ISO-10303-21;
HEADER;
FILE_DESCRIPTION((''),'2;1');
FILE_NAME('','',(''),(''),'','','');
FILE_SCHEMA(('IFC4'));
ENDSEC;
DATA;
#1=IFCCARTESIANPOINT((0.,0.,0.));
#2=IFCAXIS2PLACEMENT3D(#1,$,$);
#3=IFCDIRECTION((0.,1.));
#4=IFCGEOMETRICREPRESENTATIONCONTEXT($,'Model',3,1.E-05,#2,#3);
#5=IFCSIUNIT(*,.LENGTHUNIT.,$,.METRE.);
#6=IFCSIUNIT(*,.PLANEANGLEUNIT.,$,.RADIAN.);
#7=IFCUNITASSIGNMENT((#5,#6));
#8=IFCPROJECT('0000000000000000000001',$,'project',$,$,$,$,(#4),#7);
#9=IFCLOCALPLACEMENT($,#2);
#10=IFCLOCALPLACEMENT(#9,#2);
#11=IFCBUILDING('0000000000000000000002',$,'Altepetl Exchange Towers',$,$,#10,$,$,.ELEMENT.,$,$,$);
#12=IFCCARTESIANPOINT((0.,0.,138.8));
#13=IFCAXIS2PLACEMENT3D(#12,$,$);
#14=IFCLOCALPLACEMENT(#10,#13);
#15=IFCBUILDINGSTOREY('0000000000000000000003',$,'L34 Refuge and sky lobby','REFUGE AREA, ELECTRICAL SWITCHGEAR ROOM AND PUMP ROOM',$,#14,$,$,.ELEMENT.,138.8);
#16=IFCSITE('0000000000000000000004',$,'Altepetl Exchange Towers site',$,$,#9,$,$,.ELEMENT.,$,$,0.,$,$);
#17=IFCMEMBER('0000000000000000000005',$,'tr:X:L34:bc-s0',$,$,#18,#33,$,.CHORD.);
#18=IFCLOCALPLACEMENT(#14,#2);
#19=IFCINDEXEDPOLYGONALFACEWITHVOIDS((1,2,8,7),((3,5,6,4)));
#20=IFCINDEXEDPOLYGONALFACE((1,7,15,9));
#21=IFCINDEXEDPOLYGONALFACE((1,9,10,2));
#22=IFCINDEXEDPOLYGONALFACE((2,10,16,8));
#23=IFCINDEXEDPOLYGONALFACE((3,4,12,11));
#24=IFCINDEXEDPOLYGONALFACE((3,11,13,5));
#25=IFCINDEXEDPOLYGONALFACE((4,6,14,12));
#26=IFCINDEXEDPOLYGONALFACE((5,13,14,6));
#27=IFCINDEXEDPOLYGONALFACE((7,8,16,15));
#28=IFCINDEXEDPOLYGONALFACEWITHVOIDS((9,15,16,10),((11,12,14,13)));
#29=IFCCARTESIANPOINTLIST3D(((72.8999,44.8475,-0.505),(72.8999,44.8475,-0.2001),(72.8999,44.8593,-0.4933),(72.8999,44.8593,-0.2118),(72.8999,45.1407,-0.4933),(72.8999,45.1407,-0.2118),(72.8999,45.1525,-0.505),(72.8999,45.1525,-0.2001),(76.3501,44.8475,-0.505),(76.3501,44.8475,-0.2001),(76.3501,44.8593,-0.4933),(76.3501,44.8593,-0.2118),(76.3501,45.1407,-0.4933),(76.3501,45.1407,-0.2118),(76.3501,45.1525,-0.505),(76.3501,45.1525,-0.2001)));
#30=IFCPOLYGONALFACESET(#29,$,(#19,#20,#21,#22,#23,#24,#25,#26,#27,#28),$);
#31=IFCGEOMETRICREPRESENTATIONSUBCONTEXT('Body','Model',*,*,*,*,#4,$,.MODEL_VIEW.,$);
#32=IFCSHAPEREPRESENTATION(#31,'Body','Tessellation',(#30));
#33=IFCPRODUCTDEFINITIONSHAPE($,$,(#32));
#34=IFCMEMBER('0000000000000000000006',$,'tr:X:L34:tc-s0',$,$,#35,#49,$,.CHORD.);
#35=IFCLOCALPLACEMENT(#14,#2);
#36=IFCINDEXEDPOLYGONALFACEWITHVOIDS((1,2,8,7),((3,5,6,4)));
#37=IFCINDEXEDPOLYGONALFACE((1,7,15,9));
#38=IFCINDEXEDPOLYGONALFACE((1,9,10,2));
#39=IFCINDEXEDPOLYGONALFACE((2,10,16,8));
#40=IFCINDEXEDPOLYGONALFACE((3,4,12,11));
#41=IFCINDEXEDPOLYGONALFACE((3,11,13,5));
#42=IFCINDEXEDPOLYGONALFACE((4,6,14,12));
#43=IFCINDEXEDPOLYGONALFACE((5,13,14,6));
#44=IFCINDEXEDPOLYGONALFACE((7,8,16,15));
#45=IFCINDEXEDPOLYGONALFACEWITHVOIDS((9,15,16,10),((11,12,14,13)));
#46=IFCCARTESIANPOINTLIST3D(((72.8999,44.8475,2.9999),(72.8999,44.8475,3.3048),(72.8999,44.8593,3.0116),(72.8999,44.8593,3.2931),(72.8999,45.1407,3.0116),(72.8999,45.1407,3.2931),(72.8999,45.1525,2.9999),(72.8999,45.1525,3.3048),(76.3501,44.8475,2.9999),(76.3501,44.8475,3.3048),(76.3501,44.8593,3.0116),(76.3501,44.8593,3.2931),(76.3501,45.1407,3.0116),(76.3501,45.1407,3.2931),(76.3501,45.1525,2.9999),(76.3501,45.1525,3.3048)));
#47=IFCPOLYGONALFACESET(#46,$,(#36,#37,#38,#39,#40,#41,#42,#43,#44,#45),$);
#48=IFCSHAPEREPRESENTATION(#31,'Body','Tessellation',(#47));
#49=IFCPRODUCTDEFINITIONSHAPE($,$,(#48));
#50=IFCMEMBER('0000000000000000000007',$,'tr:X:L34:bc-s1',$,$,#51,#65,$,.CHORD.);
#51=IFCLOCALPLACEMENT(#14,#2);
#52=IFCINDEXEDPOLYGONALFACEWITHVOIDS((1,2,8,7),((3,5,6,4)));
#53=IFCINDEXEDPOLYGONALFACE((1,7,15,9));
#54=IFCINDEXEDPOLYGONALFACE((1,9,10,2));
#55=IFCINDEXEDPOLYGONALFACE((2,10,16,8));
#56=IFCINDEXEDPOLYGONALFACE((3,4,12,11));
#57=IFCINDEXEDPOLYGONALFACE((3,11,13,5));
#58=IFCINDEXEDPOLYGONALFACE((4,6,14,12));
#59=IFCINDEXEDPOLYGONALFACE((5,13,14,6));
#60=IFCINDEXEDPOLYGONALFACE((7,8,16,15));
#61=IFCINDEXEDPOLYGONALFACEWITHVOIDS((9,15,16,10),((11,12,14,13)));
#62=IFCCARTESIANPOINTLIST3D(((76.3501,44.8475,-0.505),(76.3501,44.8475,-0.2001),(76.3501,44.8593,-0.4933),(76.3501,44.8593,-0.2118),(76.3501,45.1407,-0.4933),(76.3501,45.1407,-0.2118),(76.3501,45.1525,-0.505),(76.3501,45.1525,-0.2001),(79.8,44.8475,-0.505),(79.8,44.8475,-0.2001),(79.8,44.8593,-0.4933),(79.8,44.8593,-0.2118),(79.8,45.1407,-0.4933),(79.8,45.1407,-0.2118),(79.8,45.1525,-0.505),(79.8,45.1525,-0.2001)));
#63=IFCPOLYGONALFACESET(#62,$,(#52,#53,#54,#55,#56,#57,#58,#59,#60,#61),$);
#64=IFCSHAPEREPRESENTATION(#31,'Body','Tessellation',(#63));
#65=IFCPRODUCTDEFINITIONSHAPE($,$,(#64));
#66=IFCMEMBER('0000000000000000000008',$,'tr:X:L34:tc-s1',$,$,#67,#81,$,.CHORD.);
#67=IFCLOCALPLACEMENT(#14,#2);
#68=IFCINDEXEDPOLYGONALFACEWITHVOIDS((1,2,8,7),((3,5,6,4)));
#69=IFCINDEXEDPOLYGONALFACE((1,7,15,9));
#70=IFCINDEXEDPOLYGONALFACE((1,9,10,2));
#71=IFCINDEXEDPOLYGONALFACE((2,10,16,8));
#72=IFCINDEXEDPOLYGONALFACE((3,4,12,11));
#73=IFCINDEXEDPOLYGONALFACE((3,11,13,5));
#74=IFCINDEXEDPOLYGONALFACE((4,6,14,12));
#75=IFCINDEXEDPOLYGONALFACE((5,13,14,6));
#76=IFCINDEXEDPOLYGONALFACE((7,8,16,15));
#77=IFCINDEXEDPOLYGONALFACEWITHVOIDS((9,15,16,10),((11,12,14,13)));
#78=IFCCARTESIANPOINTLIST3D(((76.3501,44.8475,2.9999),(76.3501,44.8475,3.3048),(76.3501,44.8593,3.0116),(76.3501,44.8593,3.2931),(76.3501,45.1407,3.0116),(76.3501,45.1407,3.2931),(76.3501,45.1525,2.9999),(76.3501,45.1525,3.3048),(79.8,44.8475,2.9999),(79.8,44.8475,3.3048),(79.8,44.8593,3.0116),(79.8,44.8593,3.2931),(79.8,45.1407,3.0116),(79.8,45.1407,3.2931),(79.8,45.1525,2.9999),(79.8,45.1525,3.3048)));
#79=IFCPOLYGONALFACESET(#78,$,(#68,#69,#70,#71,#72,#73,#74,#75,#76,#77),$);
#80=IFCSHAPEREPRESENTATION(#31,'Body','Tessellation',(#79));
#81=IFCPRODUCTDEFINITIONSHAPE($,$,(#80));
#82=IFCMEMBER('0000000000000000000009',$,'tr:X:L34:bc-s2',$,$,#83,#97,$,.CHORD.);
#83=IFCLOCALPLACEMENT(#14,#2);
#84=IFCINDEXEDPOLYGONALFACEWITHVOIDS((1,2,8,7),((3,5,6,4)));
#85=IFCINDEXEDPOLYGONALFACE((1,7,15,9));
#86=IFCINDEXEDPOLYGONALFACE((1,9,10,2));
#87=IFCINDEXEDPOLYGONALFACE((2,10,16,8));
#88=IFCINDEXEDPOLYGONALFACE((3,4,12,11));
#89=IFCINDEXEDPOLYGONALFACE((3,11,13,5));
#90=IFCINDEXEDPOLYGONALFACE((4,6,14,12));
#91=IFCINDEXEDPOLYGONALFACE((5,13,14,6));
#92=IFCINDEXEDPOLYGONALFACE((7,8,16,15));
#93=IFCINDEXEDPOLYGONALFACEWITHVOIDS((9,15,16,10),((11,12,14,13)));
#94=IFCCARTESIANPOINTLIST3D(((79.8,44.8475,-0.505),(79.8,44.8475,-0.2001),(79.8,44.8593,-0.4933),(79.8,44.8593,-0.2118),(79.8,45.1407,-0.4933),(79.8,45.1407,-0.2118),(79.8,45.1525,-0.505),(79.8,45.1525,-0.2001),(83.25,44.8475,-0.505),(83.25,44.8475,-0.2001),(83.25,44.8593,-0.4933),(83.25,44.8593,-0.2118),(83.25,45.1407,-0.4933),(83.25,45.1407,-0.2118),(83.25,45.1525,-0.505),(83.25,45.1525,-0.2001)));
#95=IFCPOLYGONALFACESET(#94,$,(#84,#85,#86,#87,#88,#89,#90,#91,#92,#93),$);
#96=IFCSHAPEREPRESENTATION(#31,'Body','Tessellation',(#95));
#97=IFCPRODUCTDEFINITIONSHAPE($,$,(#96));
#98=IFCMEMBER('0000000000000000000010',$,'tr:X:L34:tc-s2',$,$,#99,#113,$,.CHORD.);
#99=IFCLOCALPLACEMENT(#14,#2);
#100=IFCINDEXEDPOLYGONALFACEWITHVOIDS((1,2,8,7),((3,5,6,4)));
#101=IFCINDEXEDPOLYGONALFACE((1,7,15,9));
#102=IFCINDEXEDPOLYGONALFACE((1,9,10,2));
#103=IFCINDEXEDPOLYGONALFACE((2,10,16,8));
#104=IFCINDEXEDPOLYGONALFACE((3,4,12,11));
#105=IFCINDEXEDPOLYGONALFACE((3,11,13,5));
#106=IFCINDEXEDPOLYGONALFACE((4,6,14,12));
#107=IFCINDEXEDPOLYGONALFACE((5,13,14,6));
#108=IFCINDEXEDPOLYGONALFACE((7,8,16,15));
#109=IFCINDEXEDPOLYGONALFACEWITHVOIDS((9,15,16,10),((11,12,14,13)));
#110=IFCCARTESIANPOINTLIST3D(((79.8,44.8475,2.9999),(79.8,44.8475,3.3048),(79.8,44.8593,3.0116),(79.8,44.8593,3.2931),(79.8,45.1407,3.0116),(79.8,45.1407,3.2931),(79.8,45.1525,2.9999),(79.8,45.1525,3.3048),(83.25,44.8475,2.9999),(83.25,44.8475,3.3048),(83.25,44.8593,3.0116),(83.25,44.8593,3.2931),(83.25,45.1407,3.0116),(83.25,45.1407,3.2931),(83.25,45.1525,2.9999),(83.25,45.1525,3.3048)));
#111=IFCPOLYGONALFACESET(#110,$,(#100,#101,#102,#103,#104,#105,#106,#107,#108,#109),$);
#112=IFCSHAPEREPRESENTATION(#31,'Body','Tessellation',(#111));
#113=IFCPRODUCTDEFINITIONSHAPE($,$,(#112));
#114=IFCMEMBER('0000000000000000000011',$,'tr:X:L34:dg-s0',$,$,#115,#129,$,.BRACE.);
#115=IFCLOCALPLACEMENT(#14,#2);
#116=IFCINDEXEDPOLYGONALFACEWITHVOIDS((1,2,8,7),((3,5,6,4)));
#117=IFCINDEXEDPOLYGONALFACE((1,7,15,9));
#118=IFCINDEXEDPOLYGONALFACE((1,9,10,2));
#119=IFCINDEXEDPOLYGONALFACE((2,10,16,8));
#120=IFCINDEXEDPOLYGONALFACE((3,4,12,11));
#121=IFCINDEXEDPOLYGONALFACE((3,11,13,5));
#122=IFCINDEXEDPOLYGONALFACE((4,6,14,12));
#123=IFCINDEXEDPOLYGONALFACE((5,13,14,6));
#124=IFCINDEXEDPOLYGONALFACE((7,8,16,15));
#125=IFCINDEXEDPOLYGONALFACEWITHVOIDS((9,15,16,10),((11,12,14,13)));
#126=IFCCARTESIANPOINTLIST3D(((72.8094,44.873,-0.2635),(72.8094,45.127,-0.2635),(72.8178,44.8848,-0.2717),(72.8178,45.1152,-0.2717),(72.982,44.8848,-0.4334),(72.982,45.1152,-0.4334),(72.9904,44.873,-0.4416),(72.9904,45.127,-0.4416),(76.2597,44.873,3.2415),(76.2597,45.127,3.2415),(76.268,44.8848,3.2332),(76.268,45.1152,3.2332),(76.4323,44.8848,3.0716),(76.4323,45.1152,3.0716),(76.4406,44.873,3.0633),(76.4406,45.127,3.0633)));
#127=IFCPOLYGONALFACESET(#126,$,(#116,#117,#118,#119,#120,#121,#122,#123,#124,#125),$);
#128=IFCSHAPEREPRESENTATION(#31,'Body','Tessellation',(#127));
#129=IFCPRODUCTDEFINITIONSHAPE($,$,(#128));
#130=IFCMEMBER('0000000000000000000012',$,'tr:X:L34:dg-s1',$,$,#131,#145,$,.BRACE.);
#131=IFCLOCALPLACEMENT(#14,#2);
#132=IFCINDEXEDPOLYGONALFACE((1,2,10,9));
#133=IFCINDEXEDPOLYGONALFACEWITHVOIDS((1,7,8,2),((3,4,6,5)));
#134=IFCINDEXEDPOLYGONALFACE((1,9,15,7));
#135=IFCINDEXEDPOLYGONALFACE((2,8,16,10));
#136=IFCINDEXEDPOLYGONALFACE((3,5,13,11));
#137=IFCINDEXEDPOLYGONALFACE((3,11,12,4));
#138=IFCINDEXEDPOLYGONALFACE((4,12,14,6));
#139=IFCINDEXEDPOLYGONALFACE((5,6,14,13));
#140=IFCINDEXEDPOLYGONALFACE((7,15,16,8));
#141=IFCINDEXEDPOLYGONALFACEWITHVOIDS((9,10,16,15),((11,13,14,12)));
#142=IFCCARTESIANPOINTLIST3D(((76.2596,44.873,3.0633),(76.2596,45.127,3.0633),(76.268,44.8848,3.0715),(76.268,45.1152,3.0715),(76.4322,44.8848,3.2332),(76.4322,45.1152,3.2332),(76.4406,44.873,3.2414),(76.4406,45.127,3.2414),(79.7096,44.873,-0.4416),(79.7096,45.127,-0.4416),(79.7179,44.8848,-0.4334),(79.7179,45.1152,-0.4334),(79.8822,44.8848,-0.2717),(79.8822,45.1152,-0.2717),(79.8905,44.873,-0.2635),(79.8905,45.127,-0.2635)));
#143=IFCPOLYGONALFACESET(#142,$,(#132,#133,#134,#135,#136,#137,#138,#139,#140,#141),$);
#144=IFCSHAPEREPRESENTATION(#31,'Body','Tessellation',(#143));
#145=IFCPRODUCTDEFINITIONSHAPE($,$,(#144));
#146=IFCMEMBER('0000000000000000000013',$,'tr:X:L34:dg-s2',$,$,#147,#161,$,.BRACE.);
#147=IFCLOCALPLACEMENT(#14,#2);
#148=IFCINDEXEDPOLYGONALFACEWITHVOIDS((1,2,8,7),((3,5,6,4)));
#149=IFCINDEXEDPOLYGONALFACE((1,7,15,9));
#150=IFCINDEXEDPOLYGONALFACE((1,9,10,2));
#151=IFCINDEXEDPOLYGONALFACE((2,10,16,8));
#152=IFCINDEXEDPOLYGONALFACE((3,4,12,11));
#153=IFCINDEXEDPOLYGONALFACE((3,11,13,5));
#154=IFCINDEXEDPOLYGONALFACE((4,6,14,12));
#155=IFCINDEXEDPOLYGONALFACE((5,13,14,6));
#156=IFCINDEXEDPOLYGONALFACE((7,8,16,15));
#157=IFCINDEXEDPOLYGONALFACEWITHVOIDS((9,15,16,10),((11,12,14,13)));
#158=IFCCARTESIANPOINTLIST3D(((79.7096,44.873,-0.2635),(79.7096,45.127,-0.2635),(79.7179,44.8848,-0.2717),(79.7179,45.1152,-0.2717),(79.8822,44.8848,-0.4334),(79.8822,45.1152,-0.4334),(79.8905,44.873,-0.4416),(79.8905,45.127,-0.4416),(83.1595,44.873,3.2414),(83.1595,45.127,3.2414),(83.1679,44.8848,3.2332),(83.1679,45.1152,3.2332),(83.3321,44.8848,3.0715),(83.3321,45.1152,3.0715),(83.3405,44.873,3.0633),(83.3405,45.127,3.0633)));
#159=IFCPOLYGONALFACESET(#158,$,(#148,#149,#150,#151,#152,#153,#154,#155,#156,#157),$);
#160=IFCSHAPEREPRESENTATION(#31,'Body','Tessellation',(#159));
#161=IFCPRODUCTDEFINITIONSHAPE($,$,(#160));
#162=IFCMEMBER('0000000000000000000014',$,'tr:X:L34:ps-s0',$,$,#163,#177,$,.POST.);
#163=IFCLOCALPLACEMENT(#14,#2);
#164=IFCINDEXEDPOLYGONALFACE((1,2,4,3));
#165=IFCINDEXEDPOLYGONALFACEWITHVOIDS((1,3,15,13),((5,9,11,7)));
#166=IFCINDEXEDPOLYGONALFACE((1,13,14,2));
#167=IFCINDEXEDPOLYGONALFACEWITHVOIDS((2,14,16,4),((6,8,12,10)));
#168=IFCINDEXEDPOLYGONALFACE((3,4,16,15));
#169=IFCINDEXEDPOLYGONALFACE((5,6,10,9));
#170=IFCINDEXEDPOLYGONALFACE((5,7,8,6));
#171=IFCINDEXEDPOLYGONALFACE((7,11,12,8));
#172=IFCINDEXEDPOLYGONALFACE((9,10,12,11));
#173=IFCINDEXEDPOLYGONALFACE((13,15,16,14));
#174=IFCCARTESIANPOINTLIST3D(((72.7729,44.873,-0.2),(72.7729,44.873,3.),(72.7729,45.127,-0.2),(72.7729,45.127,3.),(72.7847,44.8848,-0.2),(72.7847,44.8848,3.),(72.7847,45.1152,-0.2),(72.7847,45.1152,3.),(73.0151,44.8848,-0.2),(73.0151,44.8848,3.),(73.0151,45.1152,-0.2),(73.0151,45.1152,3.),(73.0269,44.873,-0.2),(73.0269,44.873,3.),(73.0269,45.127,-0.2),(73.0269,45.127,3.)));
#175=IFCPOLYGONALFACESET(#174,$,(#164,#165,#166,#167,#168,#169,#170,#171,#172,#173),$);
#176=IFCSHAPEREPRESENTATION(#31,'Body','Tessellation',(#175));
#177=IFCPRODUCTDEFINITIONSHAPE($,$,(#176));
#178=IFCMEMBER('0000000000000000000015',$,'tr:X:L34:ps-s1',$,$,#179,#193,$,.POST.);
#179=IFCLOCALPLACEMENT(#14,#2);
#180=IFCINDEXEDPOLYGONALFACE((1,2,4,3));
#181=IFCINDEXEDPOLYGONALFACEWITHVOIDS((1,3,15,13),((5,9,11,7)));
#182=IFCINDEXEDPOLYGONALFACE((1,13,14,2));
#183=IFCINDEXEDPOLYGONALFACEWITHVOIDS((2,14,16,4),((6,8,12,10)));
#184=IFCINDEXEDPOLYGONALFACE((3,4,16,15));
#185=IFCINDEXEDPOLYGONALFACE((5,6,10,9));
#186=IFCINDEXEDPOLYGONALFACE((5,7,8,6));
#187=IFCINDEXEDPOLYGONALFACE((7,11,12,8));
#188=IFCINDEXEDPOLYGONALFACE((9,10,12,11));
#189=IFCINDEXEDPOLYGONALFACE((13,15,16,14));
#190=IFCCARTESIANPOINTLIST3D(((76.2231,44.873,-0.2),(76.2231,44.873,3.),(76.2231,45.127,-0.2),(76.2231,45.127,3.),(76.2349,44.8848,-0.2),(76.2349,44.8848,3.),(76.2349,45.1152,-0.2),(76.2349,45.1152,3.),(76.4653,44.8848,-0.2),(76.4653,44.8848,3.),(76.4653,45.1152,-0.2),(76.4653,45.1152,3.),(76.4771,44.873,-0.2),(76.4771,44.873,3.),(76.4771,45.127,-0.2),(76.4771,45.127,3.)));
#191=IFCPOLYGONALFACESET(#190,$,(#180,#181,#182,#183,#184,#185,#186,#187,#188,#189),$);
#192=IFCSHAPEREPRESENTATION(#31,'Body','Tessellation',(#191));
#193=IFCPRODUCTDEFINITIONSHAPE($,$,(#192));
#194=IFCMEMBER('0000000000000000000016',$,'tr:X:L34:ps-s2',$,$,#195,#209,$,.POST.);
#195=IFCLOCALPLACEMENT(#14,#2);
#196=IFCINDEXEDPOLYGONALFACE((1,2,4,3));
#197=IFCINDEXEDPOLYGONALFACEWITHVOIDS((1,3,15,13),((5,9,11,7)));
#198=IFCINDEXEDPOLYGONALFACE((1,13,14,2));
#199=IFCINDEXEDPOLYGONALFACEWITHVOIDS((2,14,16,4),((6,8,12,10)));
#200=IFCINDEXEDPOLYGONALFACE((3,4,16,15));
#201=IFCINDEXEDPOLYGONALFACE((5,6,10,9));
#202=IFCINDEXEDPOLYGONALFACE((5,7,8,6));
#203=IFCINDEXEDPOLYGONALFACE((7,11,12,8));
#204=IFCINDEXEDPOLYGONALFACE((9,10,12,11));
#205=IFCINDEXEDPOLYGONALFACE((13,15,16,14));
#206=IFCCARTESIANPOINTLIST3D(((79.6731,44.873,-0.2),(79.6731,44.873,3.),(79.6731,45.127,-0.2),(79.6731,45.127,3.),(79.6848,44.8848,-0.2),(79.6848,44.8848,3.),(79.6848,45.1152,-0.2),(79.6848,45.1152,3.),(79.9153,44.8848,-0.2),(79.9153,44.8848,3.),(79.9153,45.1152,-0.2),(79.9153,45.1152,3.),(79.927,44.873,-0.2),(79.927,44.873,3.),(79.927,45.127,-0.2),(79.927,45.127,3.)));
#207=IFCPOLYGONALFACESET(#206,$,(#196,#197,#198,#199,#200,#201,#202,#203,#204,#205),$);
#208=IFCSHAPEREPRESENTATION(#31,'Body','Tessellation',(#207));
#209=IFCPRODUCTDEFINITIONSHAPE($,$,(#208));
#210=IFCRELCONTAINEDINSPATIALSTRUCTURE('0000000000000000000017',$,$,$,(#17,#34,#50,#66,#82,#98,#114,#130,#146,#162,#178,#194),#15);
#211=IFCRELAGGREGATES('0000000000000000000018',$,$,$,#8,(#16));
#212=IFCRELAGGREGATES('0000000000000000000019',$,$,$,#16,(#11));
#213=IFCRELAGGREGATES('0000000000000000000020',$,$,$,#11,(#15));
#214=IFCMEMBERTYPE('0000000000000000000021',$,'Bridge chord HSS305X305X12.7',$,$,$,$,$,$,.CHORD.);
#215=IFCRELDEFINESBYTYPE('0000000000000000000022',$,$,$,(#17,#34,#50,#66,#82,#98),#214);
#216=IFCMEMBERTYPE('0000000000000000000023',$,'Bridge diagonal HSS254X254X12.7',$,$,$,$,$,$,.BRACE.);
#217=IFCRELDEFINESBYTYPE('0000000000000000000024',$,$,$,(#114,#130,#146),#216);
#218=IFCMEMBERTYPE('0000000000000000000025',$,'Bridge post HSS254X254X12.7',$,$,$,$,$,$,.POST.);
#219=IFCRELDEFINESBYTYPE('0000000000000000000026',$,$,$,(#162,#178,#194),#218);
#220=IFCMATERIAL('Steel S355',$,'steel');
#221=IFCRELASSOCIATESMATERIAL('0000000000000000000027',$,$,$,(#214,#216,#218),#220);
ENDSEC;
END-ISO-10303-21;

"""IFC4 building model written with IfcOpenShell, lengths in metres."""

from ifc_helpers import new_model, si_unit, direction, frame, origin, origin_2d, place, context, subcontext, project, spatial, hollow_rectangle, extrude, material, material_profile, profile_set, type_object, element, save


model = new_model("IFC4")

# Units and contexts
model_context = context("Model", 3, precision=1e-05, world=origin(), true_north=direction((0.0, 1.0)))
body_context = subcontext(model_context, "Body", "Model", "MODEL_VIEW")
ifc_project = project(units=[si_unit("LENGTHUNIT", "METRE"), si_unit("PLANEANGLEUNIT", "RADIAN")], contexts=[model_context])

# Site, building, storey
site_placement = place(None, origin())
site = spatial("IfcSite", under=ifc_project, at=site_placement, Name="Altepetl Exchange Towers site", CompositionType="ELEMENT", RefElevation=0.0)
building_placement = place(site_placement, origin())
building = spatial("IfcBuilding", under=site, at=building_placement, Name="Altepetl Exchange Towers", CompositionType="ELEMENT")
storey_placement = place(building_placement, frame((0.0, 0.0, 138.8)))
storey = spatial("IfcBuildingStorey", under=building, at=storey_placement, Name="L34 Refuge and sky lobby", Description="REFUGE AREA, ELECTRICAL SWITCHGEAR ROOM AND PUMP ROOM", CompositionType="ELEMENT", Elevation=138.8)

# Members
ifc_material_1 = material(Name="Steel S355", Category="steel")
ifc_material_profile_1 = material_profile(ifc_material_1, hollow_rectangle(XDim=0.3049, YDim=0.3049, WallThickness=0.0117, at=origin_2d()), Name="HSS305X305X12.7")
ifc_profile_set_1 = profile_set([ifc_material_profile_1], Name="Steel S355")
member_type_1 = type_object("IfcMemberType", Name="Bridge chord HSS305X305X12.7", PredefinedType="CHORD", material=ifc_profile_set_1)
for number, where, z_axis, x_axis, name in (
    (1, (72.8999, 45.0, -0.3525), (1.0, 0.0, 0.0), (0.0, 1.0, 0.0), "tr:X:L34:bc-s0"),
    (2, (72.8999, 45.0, 3.1523), (1.0, 0.0, 0.0), (0.0, 1.0, 0.0), "tr:X:L34:tc-s0"),
):
    element("IfcMember", number, at=place(storey_placement, frame(where, z_axis=z_axis, x_axis=x_axis)), inside=storey, type_object=member_type_1, Name=name, PredefinedType="CHORD", context=body_context, shape_type="SweptSolid", body=[
        extrude(hollow_rectangle(XDim=0.3049, YDim=0.3049, WallThickness=0.0117, at=origin_2d()), origin(), (0.0, 0.0, 1.0), 3.4502),
    ])
for number, where, z_axis, x_axis, name in (
    (3, (76.3501, 45.0, -0.3525), (1.0, 0.0, 0.0), (0.0, 1.0, 0.0), "tr:X:L34:bc-s1"),
    (4, (76.3501, 45.0, 3.1523), (1.0, 0.0, 0.0), (0.0, 1.0, 0.0), "tr:X:L34:tc-s1"),
    (5, (79.8, 45.0, -0.3525), (1.0, 0.0, 0.0), (0.0, 1.0, 0.0), "tr:X:L34:bc-s2"),
    (6, (79.8, 45.0, 3.1523), (1.0, 0.0, 0.0), (0.0, 1.0, 0.0), "tr:X:L34:tc-s2"),
):
    element("IfcMember", number, at=place(storey_placement, frame(where, z_axis=z_axis, x_axis=x_axis)), inside=storey, type_object=member_type_1, Name=name, PredefinedType="CHORD", context=body_context, shape_type="SweptSolid", body=[
        extrude(hollow_rectangle(XDim=0.3049, YDim=0.3049, WallThickness=0.0117, at=origin_2d()), origin(), (0.0, 0.0, 1.0), 3.45),
    ])
ifc_material_profile_2 = material_profile(ifc_material_1, hollow_rectangle(XDim=0.2539, YDim=0.2539, WallThickness=0.0117, at=origin_2d()), Name="HSS254X254X12.7")
ifc_profile_set_2 = profile_set([ifc_material_profile_2], Name="Steel S355")
member_type_2 = type_object("IfcMemberType", Name="Bridge diagonal HSS254X254X12.7", PredefinedType="BRACE", material=ifc_profile_set_2)
member_1_placement = place(storey_placement, frame((72.8999, 45.0, -0.3525), z_axis=(0.701525, 0.0, 0.712645), x_axis=(0.0, 1.0, 0.0)))
element("IfcMember", 7, at=member_1_placement, inside=storey, type_object=member_type_2, Name="tr:X:L34:dg-s0", PredefinedType="BRACE", context=body_context, shape_type="SweptSolid", body=[
    extrude(hollow_rectangle(XDim=0.2539, YDim=0.2539, WallThickness=0.0117, at=origin_2d()), origin(), (0.0, 0.0, 1.0), 4.9182),
])
for number, where, z_axis, x_axis, name in (
    (8, (76.3501, 45.0, 3.1523), (0.7015, 0.0, -0.71267), (0.0, 1.0, 0.0), "tr:X:L34:dg-s1"),
    (9, (79.8, 45.0, -0.3525), (0.7015, 0.0, 0.71267), (0.0, 1.0, 0.0), "tr:X:L34:dg-s2"),
):
    element("IfcMember", number, at=place(storey_placement, frame(where, z_axis=z_axis, x_axis=x_axis)), inside=storey, type_object=member_type_2, Name=name, PredefinedType="BRACE", context=body_context, shape_type="SweptSolid", body=[
        extrude(hollow_rectangle(XDim=0.2539, YDim=0.2539, WallThickness=0.0117, at=origin_2d()), origin(), (0.0, 0.0, 1.0), 4.918),
    ])
ifc_material_profile_3 = material_profile(ifc_material_1, hollow_rectangle(XDim=0.2539, YDim=0.2539, WallThickness=0.0117, at=origin_2d()), Name="HSS254X254X12.7")
ifc_profile_set_3 = profile_set([ifc_material_profile_3], Name="Steel S355")
member_type_3 = type_object("IfcMemberType", Name="Bridge post HSS254X254X12.7", PredefinedType="POST", material=ifc_profile_set_3)
for number, where, name in (
    (10, (72.8999, 45.0, -0.2), "tr:X:L34:ps-s0"),
    (11, (76.3501, 45.0, -0.2), "tr:X:L34:ps-s1"),
    (12, (79.8, 45.0, -0.2), "tr:X:L34:ps-s2"),
):
    element("IfcMember", number, at=place(storey_placement, frame(where)), inside=storey, type_object=member_type_3, Name=name, PredefinedType="POST", context=body_context, shape_type="SweptSolid", body=[
        extrude(hollow_rectangle(XDim=0.2539, YDim=0.2539, WallThickness=0.0117, at=origin_2d()), origin(), (0.0, 0.0, 1.0), 3.2),
    ])

save(model, "model.ifc")
